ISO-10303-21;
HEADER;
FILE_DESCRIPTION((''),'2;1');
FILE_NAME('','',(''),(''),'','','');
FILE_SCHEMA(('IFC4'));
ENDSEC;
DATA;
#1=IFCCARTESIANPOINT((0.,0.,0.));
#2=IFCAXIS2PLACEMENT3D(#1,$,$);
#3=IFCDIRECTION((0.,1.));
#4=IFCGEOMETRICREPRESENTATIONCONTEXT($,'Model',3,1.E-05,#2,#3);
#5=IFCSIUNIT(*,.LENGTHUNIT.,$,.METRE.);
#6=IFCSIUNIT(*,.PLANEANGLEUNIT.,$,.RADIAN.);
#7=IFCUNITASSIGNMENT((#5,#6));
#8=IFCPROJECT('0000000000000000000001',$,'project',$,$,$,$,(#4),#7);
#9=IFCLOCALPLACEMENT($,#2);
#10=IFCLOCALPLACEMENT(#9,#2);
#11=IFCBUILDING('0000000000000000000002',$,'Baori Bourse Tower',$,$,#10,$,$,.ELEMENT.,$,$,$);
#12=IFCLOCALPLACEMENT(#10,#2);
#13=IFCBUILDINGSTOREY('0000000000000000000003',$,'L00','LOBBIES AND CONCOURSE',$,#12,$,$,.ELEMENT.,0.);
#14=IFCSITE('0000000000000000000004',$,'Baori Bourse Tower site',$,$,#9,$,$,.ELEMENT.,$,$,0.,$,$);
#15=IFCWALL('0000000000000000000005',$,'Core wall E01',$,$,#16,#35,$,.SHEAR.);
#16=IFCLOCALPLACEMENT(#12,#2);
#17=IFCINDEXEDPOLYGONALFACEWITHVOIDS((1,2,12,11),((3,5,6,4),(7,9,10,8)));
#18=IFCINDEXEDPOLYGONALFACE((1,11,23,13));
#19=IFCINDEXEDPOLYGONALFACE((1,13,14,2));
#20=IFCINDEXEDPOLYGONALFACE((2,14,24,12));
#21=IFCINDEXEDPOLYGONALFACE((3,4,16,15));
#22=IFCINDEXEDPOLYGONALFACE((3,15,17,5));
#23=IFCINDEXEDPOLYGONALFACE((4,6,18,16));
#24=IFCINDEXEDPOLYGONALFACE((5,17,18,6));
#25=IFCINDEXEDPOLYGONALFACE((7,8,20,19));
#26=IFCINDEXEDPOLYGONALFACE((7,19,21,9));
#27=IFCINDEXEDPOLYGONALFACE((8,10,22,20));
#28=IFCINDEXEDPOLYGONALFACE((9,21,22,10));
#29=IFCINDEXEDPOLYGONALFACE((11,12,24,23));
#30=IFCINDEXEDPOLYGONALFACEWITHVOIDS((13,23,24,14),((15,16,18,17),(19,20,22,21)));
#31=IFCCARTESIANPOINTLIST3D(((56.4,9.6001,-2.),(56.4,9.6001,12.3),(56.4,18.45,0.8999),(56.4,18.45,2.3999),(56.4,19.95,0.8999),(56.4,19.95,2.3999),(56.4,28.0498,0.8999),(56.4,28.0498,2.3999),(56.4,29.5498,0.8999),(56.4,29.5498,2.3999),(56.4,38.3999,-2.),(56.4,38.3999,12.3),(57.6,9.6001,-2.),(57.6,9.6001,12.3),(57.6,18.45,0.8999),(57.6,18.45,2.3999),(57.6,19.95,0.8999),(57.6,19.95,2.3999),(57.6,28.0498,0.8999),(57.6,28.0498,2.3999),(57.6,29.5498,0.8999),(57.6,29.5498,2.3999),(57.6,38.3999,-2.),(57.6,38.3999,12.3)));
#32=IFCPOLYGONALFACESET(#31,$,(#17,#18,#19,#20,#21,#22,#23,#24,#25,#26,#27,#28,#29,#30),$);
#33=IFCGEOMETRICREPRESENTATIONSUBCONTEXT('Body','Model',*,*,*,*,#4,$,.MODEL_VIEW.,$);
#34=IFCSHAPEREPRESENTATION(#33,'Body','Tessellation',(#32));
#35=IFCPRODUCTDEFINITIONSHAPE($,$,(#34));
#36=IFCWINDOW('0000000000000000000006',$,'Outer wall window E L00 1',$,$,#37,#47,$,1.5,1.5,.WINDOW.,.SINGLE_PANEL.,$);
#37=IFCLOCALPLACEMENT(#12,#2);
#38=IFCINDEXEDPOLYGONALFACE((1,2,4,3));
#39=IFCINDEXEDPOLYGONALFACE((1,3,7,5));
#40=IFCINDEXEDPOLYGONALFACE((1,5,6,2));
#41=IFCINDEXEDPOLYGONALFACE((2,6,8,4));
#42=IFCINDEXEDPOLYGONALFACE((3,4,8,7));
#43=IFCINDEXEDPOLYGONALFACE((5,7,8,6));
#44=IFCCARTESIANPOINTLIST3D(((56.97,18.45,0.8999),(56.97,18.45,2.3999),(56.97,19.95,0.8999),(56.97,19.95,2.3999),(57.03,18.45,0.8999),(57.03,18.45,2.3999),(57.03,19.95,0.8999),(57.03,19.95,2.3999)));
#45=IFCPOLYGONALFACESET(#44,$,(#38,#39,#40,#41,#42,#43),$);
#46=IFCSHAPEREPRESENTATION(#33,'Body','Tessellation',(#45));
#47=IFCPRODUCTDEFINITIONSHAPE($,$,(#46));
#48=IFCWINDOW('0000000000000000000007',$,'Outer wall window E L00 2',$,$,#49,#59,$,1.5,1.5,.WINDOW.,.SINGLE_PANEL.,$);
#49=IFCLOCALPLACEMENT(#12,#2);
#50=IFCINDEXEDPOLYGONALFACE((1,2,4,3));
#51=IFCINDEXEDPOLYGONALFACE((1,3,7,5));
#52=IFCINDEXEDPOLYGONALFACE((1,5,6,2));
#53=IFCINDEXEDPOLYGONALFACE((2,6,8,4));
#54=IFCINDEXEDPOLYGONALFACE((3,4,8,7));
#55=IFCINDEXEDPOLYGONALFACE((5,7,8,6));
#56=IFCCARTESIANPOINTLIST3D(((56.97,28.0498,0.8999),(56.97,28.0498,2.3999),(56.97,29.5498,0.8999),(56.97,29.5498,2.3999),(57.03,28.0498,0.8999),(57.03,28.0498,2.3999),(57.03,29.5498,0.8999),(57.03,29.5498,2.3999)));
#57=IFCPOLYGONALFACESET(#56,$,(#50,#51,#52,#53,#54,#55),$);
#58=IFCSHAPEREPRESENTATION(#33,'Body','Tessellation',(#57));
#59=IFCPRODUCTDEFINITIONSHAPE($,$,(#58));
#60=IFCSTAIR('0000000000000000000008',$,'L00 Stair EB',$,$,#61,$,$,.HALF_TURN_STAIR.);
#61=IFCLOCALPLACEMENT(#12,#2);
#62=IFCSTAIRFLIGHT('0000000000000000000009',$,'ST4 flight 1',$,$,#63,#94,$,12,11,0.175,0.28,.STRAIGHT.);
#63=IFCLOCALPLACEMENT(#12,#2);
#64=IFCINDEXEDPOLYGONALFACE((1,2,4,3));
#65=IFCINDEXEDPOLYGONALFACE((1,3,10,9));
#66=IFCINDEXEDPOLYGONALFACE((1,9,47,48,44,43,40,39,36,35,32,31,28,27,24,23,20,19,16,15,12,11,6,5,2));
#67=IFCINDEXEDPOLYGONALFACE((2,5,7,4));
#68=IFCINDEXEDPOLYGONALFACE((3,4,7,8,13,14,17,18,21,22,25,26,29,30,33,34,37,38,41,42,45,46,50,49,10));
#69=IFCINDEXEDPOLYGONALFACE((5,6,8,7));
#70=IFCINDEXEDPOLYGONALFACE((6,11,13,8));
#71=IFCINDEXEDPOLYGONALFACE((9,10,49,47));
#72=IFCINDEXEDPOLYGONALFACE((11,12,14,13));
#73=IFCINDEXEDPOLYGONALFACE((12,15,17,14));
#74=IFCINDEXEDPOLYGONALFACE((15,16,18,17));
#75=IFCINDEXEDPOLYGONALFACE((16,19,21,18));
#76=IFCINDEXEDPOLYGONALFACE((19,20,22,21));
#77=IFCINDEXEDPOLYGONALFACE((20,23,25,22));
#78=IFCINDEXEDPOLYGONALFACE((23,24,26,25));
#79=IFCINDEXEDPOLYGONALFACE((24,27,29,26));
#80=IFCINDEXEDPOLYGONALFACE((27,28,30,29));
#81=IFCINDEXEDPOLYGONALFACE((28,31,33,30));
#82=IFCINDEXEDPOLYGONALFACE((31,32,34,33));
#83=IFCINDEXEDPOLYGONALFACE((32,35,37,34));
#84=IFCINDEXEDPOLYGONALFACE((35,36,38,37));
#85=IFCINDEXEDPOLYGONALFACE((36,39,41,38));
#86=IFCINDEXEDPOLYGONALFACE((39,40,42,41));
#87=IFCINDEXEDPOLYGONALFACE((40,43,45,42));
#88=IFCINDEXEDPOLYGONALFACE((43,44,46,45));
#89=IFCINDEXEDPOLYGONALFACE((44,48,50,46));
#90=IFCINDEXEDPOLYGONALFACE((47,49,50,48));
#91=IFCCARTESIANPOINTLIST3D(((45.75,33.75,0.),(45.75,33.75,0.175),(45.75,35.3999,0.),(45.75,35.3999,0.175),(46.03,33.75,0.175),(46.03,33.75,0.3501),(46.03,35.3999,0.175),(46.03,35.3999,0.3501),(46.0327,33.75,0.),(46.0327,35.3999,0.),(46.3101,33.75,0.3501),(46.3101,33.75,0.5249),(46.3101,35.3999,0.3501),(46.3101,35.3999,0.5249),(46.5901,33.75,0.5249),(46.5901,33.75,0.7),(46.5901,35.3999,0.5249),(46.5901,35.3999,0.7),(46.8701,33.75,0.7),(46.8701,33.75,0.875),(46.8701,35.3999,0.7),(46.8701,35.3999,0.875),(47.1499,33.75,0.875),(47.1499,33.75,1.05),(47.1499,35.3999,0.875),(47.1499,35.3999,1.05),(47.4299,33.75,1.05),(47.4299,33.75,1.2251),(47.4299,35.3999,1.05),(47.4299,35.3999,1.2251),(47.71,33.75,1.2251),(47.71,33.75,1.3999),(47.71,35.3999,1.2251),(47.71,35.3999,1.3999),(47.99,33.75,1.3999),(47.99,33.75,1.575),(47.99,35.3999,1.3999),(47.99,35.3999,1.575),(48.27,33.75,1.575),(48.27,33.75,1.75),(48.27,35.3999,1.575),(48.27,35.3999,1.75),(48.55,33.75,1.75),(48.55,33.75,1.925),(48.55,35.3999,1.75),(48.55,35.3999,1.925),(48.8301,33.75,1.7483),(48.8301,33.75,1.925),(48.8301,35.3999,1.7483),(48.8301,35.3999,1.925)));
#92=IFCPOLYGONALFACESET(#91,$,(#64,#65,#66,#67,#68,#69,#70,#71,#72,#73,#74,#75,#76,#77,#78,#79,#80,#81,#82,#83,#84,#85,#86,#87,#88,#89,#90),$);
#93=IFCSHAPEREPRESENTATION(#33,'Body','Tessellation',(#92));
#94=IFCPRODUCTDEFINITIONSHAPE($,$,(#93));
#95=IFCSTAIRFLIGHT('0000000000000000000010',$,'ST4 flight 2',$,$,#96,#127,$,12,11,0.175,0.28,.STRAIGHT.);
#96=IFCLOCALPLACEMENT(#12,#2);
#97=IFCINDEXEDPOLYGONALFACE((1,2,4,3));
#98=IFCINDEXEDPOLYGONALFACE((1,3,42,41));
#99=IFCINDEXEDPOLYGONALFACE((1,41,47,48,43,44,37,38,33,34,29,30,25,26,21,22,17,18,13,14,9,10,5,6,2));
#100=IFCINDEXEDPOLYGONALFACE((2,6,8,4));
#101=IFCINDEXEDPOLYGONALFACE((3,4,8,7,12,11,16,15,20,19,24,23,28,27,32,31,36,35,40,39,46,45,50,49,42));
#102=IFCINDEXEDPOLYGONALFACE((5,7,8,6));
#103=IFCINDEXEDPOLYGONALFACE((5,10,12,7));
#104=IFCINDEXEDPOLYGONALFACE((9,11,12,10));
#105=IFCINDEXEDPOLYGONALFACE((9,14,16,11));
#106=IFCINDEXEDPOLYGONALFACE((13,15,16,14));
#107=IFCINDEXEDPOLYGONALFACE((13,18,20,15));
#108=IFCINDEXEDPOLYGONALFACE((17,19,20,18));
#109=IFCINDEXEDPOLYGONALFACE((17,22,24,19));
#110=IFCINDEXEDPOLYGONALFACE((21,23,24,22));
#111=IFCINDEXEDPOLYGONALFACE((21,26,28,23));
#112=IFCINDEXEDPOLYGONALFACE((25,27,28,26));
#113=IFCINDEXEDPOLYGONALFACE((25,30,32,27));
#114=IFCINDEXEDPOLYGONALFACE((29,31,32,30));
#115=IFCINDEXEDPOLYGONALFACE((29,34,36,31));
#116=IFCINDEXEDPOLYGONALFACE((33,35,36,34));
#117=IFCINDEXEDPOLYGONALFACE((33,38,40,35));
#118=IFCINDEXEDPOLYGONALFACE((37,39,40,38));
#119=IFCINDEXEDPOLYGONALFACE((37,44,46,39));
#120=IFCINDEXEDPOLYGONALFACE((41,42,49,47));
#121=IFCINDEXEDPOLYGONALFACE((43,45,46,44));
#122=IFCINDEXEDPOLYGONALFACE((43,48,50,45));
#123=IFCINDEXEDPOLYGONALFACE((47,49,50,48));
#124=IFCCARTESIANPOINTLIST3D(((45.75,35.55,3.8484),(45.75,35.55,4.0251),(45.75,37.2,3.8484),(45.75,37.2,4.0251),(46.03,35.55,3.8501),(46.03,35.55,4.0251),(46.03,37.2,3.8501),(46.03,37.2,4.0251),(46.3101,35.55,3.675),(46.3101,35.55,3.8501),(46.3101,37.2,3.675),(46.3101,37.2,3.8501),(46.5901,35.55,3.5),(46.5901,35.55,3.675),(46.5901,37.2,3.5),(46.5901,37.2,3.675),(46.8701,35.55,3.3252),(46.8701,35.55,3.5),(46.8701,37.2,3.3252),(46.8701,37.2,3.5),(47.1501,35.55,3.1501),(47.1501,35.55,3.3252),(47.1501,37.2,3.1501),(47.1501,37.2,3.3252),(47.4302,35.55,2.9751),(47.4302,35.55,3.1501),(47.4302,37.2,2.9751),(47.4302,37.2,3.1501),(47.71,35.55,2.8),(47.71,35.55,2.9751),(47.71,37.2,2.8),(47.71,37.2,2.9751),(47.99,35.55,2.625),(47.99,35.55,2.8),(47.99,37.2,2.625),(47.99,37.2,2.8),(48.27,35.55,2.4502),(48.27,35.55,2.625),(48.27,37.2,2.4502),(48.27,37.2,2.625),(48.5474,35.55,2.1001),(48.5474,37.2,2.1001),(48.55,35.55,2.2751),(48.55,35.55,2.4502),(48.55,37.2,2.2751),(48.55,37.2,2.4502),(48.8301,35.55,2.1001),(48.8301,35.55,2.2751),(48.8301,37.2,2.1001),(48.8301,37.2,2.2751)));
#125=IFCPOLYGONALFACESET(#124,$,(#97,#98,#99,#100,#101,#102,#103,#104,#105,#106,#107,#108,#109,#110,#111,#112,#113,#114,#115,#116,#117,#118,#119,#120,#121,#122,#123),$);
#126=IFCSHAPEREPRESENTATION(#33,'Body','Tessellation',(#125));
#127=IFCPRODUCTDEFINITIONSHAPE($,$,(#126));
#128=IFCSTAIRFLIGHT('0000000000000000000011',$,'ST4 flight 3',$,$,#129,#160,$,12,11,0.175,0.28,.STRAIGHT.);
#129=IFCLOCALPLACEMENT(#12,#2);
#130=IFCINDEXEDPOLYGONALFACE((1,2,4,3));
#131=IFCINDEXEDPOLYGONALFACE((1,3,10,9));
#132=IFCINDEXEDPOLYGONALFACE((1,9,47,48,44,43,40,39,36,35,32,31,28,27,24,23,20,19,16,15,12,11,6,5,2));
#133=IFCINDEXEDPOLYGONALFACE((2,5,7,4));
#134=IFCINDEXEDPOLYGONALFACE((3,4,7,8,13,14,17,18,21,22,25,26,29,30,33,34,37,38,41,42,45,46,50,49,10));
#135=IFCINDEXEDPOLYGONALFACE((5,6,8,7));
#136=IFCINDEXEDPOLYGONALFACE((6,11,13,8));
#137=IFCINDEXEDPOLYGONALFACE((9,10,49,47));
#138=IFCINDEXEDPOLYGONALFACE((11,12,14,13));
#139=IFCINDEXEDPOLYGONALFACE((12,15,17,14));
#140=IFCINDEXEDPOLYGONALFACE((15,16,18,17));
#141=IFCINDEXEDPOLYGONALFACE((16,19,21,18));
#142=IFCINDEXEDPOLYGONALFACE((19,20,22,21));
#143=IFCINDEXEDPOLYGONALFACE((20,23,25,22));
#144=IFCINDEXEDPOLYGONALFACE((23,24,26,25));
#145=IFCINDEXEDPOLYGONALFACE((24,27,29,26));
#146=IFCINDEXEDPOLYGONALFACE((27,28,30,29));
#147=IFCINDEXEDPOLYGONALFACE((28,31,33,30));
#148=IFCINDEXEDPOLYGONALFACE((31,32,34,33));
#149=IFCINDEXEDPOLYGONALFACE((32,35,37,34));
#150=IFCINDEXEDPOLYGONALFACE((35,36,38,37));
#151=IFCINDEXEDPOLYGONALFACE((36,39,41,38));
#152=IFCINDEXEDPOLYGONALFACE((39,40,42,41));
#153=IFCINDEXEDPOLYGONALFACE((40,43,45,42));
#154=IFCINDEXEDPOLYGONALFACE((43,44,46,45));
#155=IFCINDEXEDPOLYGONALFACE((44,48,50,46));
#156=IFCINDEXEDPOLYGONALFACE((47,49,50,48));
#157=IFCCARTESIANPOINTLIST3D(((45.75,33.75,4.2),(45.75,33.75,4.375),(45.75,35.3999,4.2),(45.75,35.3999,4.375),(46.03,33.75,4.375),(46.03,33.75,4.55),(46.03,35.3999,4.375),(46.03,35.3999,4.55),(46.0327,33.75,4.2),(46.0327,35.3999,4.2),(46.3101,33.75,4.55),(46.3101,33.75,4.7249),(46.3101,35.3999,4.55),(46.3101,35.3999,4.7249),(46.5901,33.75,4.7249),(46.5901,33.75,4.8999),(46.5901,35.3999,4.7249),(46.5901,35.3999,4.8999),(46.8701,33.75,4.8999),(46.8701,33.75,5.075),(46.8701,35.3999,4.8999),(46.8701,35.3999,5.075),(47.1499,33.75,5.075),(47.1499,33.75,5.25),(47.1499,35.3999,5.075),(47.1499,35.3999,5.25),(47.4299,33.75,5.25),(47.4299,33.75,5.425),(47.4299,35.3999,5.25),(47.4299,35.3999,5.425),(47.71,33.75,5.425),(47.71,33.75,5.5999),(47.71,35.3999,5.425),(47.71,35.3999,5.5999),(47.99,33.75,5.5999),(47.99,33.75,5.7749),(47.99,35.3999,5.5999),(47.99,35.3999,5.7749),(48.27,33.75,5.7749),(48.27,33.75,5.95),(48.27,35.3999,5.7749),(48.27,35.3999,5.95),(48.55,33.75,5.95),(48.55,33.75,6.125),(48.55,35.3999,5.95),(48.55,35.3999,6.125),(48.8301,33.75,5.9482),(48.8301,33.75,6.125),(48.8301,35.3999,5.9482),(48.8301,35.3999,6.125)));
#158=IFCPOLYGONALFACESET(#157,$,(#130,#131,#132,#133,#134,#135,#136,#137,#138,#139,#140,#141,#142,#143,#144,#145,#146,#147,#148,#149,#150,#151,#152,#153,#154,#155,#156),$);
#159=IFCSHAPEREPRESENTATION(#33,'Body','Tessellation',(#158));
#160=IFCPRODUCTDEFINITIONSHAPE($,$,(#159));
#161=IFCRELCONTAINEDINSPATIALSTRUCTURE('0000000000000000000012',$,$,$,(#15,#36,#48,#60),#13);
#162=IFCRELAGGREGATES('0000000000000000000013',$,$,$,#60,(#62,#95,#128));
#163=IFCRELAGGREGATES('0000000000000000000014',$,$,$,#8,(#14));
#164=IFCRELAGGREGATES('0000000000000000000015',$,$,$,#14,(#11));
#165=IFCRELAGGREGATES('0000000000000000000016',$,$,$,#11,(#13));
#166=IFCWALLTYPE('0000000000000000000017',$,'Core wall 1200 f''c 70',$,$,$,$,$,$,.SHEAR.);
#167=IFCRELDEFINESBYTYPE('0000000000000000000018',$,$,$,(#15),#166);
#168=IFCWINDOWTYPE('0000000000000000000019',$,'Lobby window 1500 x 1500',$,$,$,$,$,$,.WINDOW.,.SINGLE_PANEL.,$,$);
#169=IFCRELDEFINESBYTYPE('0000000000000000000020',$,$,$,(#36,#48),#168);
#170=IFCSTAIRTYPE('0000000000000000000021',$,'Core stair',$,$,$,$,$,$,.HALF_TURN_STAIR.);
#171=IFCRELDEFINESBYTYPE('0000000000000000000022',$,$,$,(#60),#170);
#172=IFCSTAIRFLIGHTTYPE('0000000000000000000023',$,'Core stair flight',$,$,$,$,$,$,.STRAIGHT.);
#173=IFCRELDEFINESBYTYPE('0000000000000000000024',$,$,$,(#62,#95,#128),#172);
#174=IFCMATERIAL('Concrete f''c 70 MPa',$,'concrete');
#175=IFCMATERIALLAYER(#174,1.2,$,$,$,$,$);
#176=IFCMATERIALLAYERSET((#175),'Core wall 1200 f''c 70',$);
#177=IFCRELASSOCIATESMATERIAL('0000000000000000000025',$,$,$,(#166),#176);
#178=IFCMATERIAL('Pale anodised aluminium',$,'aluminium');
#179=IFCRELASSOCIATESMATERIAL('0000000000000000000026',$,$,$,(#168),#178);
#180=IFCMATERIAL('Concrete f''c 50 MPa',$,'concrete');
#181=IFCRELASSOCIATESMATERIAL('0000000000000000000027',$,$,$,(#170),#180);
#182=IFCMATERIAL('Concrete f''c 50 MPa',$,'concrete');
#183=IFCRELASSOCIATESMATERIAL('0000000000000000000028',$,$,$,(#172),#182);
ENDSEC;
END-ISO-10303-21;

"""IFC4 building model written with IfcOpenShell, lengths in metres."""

from ifc_helpers import new_model, si_unit, direction, frame, frame_2d, origin, place, context, subcontext, project, spatial, polyline, rectangle, outline, extrude, material, layer, layer_set, type_object, element, fill, aggregate, save


model = new_model("IFC4")

# Units and contexts
model_context = context("Model", 3, precision=1e-05, world=origin(), true_north=direction((0.0, 1.0)))
body_context = subcontext(model_context, "Body", "Model", "MODEL_VIEW")
ifc_project = project(units=[si_unit("LENGTHUNIT", "METRE"), si_unit("PLANEANGLEUNIT", "RADIAN")], contexts=[model_context])

# Site, building, storey
site_placement = place(None, origin())
site = spatial("IfcSite", under=ifc_project, at=site_placement, Name="Baori Bourse Tower site", CompositionType="ELEMENT", RefElevation=0.0)
building_placement = place(site_placement, origin())
building = spatial("IfcBuilding", under=site, at=building_placement, Name="Baori Bourse Tower", CompositionType="ELEMENT")
storey_placement = place(building_placement, origin())
storey = spatial("IfcBuildingStorey", under=building, at=storey_placement, Name="L00", Description="LOBBIES AND CONCOURSE", CompositionType="ELEMENT", Elevation=0.0)

# Wall, openings, windows
ifc_material_1 = material(Name="Concrete f'c 70 MPa", Category="concrete")
ifc_layer = layer(ifc_material_1, 1.2)
ifc_layer_set = layer_set([ifc_layer], Name="Core wall 1200 f'c 70")
wall_type_1 = type_object("IfcWallType", Name="Core wall 1200 f'c 70", PredefinedType="SHEAR", material=ifc_layer_set)
wall_1_placement = place(storey_placement, frame((57.0, 38.3999, -2.0), z_axis=(0.0, 0.0, 1.0), x_axis=(0.0, -1.0, 0.0)))
wall_1 = element("IfcWall", 1, at=wall_1_placement, inside=storey, type_object=wall_type_1, Name="Core wall E01", PredefinedType="SHEAR", context=body_context, shape_type="SweptSolid", body=[
    extrude(rectangle(XDim=28.7998, YDim=1.2, at=frame_2d((14.3999, 0.0))), origin(), (0.0, 0.0, 1.0), 14.3),
])
opening_1_placement = place(wall_1_placement, frame((18.45, 0.0, 2.8999)))
opening_1 = element("IfcOpeningElement", 2, at=opening_1_placement, cuts=wall_1, PredefinedType="OPENING", context=body_context, shape_type="SweptSolid", body=[
    extrude(rectangle(XDim=1.5, YDim=1.5, at=frame_2d((0.75, 0.75))), frame((0.0, 0.6099, 0.0), z_axis=(0.0, -1.0, 0.0), x_axis=(1.0, 0.0, 0.0)), (0.0, 0.0, 1.0), 1.22),
])
opening_2_placement = place(wall_1_placement, frame((8.8501, 0.0, 2.8999)))
opening_2 = element("IfcOpeningElement", 3, at=opening_2_placement, cuts=wall_1, PredefinedType="OPENING", context=body_context, shape_type="SweptSolid", body=[
    extrude(rectangle(XDim=1.5, YDim=1.5, at=frame_2d((0.75, 0.75))), frame((0.0, 0.6099, 0.0), z_axis=(0.0, -1.0, 0.0), x_axis=(1.0, 0.0, 0.0)), (0.0, 0.0, 1.0), 1.22),
])
ifc_material_2 = material(Name="Pale anodised aluminium", Category="aluminium")
window_type = type_object("IfcWindowType", Name="Lobby window 1500 x 1500", PartitioningType="SINGLE_PANEL", PredefinedType="WINDOW", material=ifc_material_2)
window_1_placement = place(opening_1_placement, origin())
window_1 = element("IfcWindow", 4, at=window_1_placement, inside=storey, type_object=window_type, Name="Outer wall window E L00 1", OverallHeight=1.5, OverallWidth=1.5, PartitioningType="SINGLE_PANEL", PredefinedType="WINDOW", context=body_context, shape_type="SweptSolid", body=[
    extrude(rectangle(XDim=1.5, YDim=1.5, at=frame_2d((0.75, 0.75))), frame((0.0, 0.03, 0.0), z_axis=(0.0, -1.0, 0.0), x_axis=(1.0, 0.0, 0.0)), (0.0, 0.0, 1.0), 0.0601),
])
fill(opening_1, window_1)
window_2_placement = place(opening_2_placement, origin())
window_2 = element("IfcWindow", 5, at=window_2_placement, inside=storey, type_object=window_type, Name="Outer wall window E L00 2", OverallHeight=1.5, OverallWidth=1.5, PartitioningType="SINGLE_PANEL", PredefinedType="WINDOW", context=body_context, shape_type="SweptSolid", body=[
    extrude(rectangle(XDim=1.5, YDim=1.5, at=frame_2d((0.75, 0.75))), frame((0.0, 0.03, 0.0), z_axis=(0.0, -1.0, 0.0), x_axis=(1.0, 0.0, 0.0)), (0.0, 0.0, 1.0), 0.0601),
])
fill(opening_2, window_2)

# Stair, stair flights
ifc_material_3 = material(Name="Concrete f'c 50 MPa", Category="concrete")
stair_type = type_object("IfcStairType", Name="Core stair", PredefinedType="HALF_TURN_STAIR", material=ifc_material_3)
stair_placement = place(storey_placement, origin())
stair = element("IfcStair", 6, at=stair_placement, inside=storey, type_object=stair_type, Name="L00 Stair EB", PredefinedType="HALF_TURN_STAIR")
ifc_material_4 = material(Name="Concrete f'c 50 MPa", Category="concrete")
stair_flight_type = type_object("IfcStairFlightType", Name="Core stair flight", PredefinedType="STRAIGHT", material=ifc_material_4)
stair_flight_1_placement = place(storey_placement, frame((45.75, 34.575, 0.0), z_axis=(0.0, 0.0, 1.0), x_axis=(1.0, 0.0, 0.0)))
stair_flight_1 = element("IfcStairFlight", 7, at=stair_flight_1_placement, type_object=stair_flight_type, Name="ST4 flight 1", NumberOfRisers=12, NumberOfTreads=11, PredefinedType="STRAIGHT", RiserHeight=0.175, TreadLength=0.28, context=body_context, shape_type="SweptSolid", body=[
    extrude(outline(polyline([(0.0, 0.0), (0.0, 0.175), (0.28, 0.175), (0.28, 0.3501), (0.5601, 0.3501), (0.5601, 0.5249), (0.8401, 0.5249), (0.8401, 0.7), (1.1201, 0.7), (1.1201, 0.875), (1.3999, 0.875), (1.3999, 1.05), (1.6799, 1.05), (1.6799, 1.2251), (1.96, 1.2251), (1.96, 1.3999), (2.24, 1.3999), (2.24, 1.575), (2.52, 1.575), (2.52, 1.75), (2.8, 1.75), (2.8, 1.925), (3.0801, 1.925), (3.0801, 2.1001), (3.0801, 1.7483), (0.2827, 0.0), (0.0, 0.0)])), frame((0.0, 0.825, 0.0), z_axis=(0.0, -1.0, 0.0), x_axis=(1.0, 0.0, 0.0)), (0.0, 0.0, 1.0), 1.6499),
])
stair_flight_2_placement = place(storey_placement, frame((48.8301, 36.375, 2.1001), z_axis=(0.0, 0.0, 1.0), x_axis=(-1.0, 0.0, 0.0)))
stair_flight_2 = element("IfcStairFlight", 8, at=stair_flight_2_placement, type_object=stair_flight_type, Name="ST4 flight 2", NumberOfRisers=12, NumberOfTreads=11, PredefinedType="STRAIGHT", RiserHeight=0.175, TreadLength=0.28, context=body_context, shape_type="SweptSolid", body=[
    extrude(outline(polyline([(0.0, 0.0), (0.0, 0.175), (0.28, 0.175), (0.28, 0.3501), (0.5601, 0.3501), (0.5601, 0.5249), (0.8401, 0.5249), (0.8401, 0.7), (1.1201, 0.7), (1.1201, 0.875), (1.3999, 0.875), (1.3999, 1.05), (1.6799, 1.05), (1.6799, 1.2251), (1.96, 1.2251), (1.96, 1.3999), (2.24, 1.3999), (2.24, 1.575), (2.52, 1.575), (2.52, 1.75), (2.8, 1.75), (2.8, 1.925), (3.0801, 1.925), (3.0801, 2.1001), (3.0801, 1.7483), (0.2827, 0.0), (0.0, 0.0)])), frame((0.0, 0.825, 0.0), z_axis=(0.0, -1.0, 0.0), x_axis=(1.0, 0.0, 0.0)), (0.0, 0.0, 1.0), 1.6499),
])
stair_flight_3_placement = place(storey_placement, frame((45.75, 34.575, 4.2), z_axis=(0.0, 0.0, 1.0), x_axis=(1.0, 0.0, 0.0)))
stair_flight_3 = element("IfcStairFlight", 9, at=stair_flight_3_placement, type_object=stair_flight_type, Name="ST4 flight 3", NumberOfRisers=12, NumberOfTreads=11, PredefinedType="STRAIGHT", RiserHeight=0.175, TreadLength=0.28, context=body_context, shape_type="SweptSolid", body=[
    extrude(outline(polyline([(0.0, 0.0), (0.0, 0.175), (0.28, 0.175), (0.28, 0.3501), (0.5601, 0.3501), (0.5601, 0.5249), (0.8401, 0.5249), (0.8401, 0.7), (1.1201, 0.7), (1.1201, 0.875), (1.3999, 0.875), (1.3999, 1.05), (1.6799, 1.05), (1.6799, 1.2251), (1.96, 1.2251), (1.96, 1.3999), (2.24, 1.3999), (2.24, 1.575), (2.52, 1.575), (2.52, 1.75), (2.8, 1.75), (2.8, 1.925), (3.0801, 1.925), (3.0801, 2.1001), (3.0801, 1.7483), (0.2827, 0.0), (0.0, 0.0)])), frame((0.0, 0.825, 0.0), z_axis=(0.0, -1.0, 0.0), x_axis=(1.0, 0.0, 0.0)), (0.0, 0.0, 1.0), 1.6499),
])
aggregate(stair, [stair_flight_1, stair_flight_2, stair_flight_3])

save(model, "model.ifc")
